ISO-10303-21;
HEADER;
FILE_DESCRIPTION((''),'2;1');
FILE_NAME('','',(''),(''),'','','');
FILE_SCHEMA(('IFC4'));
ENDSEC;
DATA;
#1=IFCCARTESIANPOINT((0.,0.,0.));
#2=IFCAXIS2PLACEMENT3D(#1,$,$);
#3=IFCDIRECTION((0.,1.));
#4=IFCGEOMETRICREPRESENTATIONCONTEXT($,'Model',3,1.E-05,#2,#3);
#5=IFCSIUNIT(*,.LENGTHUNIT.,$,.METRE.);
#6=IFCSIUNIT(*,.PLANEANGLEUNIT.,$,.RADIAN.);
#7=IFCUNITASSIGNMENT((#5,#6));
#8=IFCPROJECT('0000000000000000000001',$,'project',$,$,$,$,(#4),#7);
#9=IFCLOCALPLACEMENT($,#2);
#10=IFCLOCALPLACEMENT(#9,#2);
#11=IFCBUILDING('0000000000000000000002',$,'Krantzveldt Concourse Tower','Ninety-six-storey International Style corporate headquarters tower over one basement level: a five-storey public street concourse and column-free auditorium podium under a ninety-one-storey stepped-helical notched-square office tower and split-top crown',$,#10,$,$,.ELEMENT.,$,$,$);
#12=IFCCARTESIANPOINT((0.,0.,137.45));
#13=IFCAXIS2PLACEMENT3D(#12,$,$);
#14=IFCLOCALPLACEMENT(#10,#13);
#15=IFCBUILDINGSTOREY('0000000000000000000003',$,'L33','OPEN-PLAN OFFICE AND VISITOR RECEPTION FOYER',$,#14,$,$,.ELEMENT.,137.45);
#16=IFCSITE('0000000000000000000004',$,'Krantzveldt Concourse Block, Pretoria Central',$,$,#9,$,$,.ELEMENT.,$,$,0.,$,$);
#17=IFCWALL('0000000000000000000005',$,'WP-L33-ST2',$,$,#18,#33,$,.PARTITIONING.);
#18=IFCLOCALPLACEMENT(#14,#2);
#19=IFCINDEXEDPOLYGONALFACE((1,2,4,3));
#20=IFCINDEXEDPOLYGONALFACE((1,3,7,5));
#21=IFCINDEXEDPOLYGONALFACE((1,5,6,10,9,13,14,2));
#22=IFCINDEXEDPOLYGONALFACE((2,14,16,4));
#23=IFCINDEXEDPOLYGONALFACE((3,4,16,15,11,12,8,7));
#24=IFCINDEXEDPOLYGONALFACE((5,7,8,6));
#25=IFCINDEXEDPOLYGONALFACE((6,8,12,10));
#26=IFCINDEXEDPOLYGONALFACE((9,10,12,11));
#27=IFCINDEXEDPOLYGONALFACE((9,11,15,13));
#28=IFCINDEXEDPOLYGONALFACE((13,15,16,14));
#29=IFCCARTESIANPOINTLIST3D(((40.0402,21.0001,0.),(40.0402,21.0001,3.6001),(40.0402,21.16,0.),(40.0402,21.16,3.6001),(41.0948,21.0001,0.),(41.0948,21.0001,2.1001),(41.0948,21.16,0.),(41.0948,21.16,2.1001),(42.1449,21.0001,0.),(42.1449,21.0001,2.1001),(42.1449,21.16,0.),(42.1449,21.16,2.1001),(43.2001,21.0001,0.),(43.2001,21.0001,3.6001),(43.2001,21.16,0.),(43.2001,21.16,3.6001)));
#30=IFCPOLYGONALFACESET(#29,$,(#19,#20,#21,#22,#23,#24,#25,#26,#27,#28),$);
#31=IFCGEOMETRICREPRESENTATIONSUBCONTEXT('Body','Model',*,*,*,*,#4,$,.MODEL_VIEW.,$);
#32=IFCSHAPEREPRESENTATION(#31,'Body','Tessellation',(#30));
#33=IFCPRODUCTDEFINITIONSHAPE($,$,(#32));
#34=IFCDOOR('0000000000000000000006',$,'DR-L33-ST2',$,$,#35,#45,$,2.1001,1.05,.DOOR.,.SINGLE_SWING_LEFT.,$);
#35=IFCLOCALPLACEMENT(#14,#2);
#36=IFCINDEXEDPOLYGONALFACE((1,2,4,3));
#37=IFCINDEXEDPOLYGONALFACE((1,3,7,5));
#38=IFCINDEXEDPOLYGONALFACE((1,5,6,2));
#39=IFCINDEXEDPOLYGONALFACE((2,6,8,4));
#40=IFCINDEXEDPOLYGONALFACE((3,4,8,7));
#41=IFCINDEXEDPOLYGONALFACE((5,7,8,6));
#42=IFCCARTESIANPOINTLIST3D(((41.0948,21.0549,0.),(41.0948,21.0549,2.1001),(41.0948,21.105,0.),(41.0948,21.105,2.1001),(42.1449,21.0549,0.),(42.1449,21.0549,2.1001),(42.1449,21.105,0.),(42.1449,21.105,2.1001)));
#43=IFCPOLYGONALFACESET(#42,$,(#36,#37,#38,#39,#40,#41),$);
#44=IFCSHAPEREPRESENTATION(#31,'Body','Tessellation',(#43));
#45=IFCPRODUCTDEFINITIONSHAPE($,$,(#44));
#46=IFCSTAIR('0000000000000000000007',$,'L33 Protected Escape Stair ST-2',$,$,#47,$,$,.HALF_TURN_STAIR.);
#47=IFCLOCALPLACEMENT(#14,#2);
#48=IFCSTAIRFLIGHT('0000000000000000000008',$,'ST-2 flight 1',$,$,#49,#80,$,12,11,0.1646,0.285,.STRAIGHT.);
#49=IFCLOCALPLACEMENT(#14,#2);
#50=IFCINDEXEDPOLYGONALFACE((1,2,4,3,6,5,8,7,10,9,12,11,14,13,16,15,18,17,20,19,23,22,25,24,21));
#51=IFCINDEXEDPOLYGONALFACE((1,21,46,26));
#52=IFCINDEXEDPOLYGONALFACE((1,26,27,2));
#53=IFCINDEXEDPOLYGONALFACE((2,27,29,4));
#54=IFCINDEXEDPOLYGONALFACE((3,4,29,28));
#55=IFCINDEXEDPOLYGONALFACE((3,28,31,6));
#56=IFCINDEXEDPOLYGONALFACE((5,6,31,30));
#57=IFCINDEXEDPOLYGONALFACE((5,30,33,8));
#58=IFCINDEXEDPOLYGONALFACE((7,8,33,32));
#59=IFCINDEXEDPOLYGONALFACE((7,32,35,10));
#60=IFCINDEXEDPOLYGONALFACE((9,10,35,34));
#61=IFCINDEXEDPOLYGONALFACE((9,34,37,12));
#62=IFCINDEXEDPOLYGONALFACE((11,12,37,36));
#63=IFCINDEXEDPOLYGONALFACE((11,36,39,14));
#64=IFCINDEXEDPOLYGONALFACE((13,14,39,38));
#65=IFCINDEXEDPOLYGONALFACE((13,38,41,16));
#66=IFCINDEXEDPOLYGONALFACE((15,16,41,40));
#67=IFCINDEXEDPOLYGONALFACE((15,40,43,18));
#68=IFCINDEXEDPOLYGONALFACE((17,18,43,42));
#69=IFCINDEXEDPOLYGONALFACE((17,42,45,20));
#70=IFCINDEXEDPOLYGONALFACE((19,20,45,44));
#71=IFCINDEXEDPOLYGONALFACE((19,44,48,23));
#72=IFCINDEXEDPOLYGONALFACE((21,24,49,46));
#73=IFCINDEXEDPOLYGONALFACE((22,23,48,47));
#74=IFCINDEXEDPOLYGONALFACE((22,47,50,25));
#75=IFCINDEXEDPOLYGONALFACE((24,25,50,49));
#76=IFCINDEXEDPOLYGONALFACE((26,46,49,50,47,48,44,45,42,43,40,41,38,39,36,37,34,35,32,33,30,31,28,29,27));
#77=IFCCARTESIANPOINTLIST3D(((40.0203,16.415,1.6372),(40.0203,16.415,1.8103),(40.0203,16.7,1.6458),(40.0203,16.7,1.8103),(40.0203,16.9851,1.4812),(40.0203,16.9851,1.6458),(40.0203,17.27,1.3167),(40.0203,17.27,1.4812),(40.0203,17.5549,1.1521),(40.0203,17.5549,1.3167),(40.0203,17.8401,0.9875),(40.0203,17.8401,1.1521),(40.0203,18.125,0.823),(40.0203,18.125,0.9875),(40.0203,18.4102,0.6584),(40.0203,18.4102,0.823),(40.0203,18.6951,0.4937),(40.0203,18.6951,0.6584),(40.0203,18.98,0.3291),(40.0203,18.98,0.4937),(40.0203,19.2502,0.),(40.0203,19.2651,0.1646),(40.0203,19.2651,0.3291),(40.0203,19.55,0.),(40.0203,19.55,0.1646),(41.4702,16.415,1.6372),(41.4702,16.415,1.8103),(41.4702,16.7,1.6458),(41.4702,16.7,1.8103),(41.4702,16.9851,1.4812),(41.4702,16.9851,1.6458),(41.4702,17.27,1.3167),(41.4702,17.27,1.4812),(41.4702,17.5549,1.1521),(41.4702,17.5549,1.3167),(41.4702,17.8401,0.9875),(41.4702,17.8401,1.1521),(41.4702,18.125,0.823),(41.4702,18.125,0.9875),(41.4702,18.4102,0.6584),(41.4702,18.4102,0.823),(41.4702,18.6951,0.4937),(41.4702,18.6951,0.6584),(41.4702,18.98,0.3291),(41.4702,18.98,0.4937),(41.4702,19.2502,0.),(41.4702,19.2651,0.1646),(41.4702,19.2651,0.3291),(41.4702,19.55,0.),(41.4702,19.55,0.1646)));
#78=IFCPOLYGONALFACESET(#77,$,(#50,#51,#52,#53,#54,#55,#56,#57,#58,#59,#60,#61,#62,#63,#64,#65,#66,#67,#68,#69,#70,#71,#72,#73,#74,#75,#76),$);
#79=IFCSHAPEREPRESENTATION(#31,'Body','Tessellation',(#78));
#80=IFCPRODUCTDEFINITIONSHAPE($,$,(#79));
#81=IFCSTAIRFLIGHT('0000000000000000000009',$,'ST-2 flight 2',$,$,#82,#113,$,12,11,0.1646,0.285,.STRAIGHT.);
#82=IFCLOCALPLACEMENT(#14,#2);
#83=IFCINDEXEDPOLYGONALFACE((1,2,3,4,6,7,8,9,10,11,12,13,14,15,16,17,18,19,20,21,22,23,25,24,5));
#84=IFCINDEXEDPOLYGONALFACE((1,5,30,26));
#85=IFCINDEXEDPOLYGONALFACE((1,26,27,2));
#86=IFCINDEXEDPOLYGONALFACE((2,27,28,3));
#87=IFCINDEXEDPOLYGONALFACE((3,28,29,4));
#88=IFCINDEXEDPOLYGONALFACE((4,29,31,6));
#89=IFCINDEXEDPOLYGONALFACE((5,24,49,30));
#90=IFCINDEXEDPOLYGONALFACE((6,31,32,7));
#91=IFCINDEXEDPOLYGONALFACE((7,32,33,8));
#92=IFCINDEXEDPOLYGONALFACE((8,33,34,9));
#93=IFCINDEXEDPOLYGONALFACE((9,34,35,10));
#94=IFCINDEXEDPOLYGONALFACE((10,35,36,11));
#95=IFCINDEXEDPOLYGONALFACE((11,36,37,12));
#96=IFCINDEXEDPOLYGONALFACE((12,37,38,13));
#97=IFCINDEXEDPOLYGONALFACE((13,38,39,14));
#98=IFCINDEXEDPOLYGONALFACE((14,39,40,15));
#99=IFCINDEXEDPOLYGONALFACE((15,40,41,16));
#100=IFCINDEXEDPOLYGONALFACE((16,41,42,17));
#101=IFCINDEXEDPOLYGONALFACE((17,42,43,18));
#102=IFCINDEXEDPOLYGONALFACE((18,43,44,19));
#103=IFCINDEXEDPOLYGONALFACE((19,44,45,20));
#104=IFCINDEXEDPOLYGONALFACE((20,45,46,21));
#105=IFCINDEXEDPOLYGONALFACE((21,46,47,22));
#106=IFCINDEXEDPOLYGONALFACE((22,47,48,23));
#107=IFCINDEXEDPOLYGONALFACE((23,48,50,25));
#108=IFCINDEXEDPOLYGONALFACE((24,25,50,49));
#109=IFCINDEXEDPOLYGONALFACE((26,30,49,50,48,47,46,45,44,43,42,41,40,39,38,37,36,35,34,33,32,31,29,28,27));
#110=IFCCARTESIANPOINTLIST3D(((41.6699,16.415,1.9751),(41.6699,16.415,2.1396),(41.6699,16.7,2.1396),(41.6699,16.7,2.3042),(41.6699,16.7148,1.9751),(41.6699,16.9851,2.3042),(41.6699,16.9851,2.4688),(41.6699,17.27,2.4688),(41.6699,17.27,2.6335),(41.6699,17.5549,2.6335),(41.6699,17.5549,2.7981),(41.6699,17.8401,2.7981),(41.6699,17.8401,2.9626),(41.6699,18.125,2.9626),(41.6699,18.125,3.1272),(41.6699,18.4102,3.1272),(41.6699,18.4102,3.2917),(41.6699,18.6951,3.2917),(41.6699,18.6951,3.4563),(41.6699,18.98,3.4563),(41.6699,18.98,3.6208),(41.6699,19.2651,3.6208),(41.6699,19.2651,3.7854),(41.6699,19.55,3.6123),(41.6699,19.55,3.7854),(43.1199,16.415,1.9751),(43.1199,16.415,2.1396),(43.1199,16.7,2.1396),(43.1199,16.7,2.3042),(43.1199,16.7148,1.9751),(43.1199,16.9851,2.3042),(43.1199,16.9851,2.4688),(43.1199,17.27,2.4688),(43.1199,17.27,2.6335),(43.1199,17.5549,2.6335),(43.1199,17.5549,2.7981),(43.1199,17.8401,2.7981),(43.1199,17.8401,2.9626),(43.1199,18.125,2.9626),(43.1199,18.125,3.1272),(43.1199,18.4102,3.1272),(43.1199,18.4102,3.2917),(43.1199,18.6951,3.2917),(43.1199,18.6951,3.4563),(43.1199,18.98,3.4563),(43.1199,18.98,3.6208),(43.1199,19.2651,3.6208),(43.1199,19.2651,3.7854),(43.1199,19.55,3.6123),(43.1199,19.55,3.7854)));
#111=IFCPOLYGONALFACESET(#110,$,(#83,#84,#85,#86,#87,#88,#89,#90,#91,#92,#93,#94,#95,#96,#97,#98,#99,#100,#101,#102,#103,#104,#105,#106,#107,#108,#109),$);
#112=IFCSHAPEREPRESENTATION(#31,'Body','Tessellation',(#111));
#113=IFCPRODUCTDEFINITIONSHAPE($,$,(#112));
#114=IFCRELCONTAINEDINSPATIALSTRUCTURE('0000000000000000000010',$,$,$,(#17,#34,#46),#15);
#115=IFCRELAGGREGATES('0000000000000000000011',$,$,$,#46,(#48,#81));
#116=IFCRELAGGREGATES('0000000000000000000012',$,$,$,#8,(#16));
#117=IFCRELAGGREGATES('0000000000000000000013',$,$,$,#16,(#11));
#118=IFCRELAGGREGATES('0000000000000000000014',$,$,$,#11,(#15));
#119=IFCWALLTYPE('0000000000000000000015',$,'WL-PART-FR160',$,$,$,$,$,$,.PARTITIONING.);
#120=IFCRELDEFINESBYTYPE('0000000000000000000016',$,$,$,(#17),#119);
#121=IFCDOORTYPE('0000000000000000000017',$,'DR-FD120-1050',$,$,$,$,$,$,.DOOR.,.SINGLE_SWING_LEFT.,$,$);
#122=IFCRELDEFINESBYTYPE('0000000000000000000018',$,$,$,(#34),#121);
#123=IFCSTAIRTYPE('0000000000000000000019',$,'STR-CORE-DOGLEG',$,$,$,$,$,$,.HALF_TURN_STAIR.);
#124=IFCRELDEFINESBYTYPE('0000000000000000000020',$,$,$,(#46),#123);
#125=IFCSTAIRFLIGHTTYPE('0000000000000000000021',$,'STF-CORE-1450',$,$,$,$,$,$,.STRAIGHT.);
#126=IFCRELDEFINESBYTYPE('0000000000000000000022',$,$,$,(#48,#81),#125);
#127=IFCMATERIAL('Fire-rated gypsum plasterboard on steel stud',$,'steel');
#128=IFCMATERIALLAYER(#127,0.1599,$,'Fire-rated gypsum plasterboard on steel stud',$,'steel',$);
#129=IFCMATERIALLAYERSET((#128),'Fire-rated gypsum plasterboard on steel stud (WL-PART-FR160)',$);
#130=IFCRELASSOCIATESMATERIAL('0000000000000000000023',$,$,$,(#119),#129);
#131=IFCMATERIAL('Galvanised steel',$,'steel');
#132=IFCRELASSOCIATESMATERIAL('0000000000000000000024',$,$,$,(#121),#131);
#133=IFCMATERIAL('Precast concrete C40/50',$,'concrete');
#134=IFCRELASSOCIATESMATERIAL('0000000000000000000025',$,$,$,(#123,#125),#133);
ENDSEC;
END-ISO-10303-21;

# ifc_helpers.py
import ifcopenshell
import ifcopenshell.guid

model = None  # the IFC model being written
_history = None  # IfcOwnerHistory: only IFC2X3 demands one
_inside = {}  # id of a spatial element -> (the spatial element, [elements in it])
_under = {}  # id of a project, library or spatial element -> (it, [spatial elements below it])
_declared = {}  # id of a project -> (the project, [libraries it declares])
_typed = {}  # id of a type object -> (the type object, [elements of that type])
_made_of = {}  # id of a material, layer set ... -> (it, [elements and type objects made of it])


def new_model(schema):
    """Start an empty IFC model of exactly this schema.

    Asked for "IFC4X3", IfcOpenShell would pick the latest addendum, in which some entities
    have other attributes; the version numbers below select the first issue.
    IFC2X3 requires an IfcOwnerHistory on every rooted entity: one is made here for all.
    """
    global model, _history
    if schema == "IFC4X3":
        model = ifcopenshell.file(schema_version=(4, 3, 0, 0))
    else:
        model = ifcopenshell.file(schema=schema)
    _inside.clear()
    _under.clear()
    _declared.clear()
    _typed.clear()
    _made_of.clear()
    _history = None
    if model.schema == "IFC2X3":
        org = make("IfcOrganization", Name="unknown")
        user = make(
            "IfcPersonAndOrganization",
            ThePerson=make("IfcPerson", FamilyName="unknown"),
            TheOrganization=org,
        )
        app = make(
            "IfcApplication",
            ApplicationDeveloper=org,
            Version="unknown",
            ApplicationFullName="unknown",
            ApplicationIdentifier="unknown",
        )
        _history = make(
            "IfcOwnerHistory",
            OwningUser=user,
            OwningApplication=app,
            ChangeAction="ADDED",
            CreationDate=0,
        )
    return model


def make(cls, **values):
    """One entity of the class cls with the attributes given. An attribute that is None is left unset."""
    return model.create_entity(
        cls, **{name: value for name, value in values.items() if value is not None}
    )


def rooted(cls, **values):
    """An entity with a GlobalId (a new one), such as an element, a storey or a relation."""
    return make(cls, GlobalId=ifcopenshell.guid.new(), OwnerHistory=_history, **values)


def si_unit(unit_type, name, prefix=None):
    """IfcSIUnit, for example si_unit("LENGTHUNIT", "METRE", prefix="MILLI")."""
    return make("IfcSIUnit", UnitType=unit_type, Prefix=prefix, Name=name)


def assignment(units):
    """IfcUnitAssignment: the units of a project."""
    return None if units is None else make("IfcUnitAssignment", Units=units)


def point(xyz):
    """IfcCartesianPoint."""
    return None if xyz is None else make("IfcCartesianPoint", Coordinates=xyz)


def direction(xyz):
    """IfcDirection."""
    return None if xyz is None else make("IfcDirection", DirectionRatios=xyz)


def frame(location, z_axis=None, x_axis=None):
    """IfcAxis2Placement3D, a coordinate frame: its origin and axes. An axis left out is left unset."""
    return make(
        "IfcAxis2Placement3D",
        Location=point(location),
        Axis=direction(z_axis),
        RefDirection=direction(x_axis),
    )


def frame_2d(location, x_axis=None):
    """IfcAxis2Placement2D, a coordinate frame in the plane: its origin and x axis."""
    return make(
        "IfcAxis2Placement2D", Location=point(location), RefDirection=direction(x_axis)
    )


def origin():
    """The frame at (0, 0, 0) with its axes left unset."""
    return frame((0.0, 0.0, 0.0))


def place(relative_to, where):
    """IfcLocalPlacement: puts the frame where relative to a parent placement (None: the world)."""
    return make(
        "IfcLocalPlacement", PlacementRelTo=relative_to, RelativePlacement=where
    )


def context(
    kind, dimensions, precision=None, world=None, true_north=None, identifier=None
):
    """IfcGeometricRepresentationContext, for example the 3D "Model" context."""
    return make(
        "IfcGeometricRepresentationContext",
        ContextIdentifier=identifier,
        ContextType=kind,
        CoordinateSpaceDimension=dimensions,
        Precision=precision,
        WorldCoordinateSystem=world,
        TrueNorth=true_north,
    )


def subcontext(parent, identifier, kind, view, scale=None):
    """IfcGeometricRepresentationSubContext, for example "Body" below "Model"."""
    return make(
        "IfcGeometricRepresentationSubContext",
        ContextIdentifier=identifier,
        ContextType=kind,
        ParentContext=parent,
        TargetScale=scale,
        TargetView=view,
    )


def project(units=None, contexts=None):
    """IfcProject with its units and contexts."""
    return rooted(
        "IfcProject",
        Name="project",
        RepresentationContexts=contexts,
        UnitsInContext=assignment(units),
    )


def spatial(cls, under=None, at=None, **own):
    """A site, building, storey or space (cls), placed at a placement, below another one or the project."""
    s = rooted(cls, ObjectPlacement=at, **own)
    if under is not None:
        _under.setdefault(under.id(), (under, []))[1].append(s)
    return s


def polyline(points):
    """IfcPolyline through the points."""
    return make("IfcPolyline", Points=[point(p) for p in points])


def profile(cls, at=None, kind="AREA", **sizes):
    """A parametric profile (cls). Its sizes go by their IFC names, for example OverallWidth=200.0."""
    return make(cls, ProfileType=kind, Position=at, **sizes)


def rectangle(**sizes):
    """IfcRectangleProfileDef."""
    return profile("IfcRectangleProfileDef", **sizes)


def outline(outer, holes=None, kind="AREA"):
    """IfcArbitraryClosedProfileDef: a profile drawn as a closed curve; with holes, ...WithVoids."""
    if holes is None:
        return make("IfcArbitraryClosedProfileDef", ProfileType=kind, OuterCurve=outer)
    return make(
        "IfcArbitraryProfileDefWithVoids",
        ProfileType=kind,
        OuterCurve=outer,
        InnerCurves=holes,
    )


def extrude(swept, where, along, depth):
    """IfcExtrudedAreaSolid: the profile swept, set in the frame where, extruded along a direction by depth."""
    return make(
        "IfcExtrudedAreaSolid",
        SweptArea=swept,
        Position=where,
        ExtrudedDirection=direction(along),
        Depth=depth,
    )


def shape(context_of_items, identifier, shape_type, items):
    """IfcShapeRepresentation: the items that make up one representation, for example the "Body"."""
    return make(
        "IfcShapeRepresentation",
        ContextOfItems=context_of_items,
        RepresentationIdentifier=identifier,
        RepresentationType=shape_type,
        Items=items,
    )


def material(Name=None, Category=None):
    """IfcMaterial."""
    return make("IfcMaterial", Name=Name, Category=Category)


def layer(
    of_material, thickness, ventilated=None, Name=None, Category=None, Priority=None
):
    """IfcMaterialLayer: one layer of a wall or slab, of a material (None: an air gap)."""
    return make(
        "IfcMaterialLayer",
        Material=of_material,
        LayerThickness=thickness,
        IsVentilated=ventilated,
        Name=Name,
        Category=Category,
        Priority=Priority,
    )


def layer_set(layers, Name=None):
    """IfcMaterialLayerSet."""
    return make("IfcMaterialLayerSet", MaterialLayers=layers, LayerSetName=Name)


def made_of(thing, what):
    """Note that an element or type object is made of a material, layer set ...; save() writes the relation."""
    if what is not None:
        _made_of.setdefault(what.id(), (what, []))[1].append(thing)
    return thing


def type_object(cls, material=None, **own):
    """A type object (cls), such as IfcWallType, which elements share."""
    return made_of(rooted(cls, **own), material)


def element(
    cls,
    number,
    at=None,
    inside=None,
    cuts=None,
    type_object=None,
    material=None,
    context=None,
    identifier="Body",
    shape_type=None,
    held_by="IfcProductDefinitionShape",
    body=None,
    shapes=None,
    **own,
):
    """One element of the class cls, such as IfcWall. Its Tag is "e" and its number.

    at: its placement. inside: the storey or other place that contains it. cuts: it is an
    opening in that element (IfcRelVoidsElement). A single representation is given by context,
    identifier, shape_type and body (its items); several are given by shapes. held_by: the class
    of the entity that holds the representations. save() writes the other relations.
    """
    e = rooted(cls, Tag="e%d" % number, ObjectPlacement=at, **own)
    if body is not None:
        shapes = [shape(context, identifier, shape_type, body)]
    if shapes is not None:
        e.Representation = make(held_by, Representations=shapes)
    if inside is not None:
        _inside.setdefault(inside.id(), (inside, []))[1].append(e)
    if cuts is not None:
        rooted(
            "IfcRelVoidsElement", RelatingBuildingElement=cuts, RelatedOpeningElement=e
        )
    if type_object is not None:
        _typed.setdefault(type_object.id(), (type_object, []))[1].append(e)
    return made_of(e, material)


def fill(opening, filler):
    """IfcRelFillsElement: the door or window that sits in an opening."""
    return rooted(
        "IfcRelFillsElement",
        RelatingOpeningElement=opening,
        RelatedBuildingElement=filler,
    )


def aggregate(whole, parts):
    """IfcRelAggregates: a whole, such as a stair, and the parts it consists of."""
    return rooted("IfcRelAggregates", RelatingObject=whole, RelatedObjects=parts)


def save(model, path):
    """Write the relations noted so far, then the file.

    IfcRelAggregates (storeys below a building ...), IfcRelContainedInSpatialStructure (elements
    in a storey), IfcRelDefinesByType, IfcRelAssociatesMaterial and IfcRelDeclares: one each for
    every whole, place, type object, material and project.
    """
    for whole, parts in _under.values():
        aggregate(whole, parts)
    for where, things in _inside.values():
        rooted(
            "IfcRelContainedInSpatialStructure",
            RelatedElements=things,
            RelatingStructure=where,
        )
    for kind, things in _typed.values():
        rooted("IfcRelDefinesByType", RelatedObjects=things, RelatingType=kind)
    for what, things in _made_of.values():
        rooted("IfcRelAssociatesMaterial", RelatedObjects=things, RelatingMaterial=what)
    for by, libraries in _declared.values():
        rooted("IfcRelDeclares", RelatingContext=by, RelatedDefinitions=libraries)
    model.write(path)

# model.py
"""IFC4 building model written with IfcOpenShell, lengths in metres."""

from ifc_helpers import new_model, si_unit, direction, frame, frame_2d, origin, place, context, subcontext, project, spatial, polyline, rectangle, outline, extrude, material, layer, layer_set, type_object, element, fill, aggregate, save


model = new_model("IFC4")

# Units and contexts
model_context = context("Model", 3, precision=1e-05, world=origin(), true_north=direction((0.0, 1.0)))
body_context = subcontext(model_context, "Body", "Model", "MODEL_VIEW")
ifc_project = project(units=[si_unit("LENGTHUNIT", "METRE"), si_unit("PLANEANGLEUNIT", "RADIAN")], contexts=[model_context])

# Site, building, storey
site_placement = place(None, origin())
site = spatial("IfcSite", under=ifc_project, at=site_placement, Name="Krantzveldt Concourse Block, Pretoria Central", CompositionType="ELEMENT", RefElevation=0.0)
building_placement = place(site_placement, origin())
building = spatial("IfcBuilding", under=site, at=building_placement, Name="Krantzveldt Concourse Tower", Description="Ninety-six-storey International Style corporate headquarters tower over one basement level: a five-storey public street concourse and column-free auditorium podium under a ninety-one-storey stepped-helical notched-square office tower and split-top crown", CompositionType="ELEMENT")
storey_placement = place(building_placement, frame((0.0, 0.0, 137.45)))
storey = spatial("IfcBuildingStorey", under=building, at=storey_placement, Name="L33", Description="OPEN-PLAN OFFICE AND VISITOR RECEPTION FOYER", CompositionType="ELEMENT", Elevation=137.45)

# Shared definitions
ifc_material_1 = material(Name="Fire-rated gypsum plasterboard on steel stud", Category="steel")

# Wall, opening, door
ifc_layer_1 = layer(ifc_material_1, 0.1599, Name="Fire-rated gypsum plasterboard on steel stud", Category="steel")
ifc_layer_set_1 = layer_set([ifc_layer_1], Name="Fire-rated gypsum plasterboard on steel stud (WL-PART-FR160)")
wall_type_1 = type_object("IfcWallType", Name="WL-PART-FR160", PredefinedType="PARTITIONING", material=ifc_layer_set_1)
wall_1_placement = place(storey_placement, frame((40.04, 21.0801, 0.0), z_axis=(0.0, 0.0, 1.0), x_axis=(1.0, 0.0, 0.0)))
wall_1 = element("IfcWall", 1, at=wall_1_placement, inside=storey, type_object=wall_type_1, Name="WP-L33-ST2", PredefinedType="PARTITIONING", context=body_context, shape_type="SweptSolid", body=[
    extrude(rectangle(XDim=3.1599, YDim=0.1599, at=frame_2d((1.5801, 0.0))), origin(), (0.0, 0.0, 1.0), 3.6001),
])
opening_1_placement = place(wall_1_placement, frame((1.0549, 0.0, 0.0)))
opening_1 = element("IfcOpeningElement", 2, at=opening_1_placement, cuts=wall_1, PredefinedType="OPENING", context=body_context, shape_type="SweptSolid", body=[
    extrude(rectangle(XDim=1.05, YDim=2.1001, at=frame_2d((0.5249, 1.05))), frame((0.0, 0.0898, 0.0), z_axis=(0.0, -1.0, 0.0), x_axis=(1.0, 0.0, 0.0)), (0.0, 0.0, 1.0), 0.1799),
])
ifc_material_2 = material(Name="Galvanised steel", Category="steel")
door_type_1 = type_object("IfcDoorType", Name="DR-FD120-1050", OperationType="SINGLE_SWING_LEFT", PredefinedType="DOOR", material=ifc_material_2)
door_1_placement = place(opening_1_placement, origin())
door_1 = element("IfcDoor", 3, at=door_1_placement, inside=storey, type_object=door_type_1, Name="DR-L33-ST2", OperationType="SINGLE_SWING_LEFT", OverallHeight=2.1001, OverallWidth=1.05, PredefinedType="DOOR", context=body_context, shape_type="SweptSolid", body=[
    extrude(rectangle(XDim=1.05, YDim=2.1001, at=frame_2d((0.5249, 1.05))), frame((0.0, 0.0249, 0.0), z_axis=(0.0, -1.0, 0.0), x_axis=(1.0, 0.0, 0.0)), (0.0, 0.0, 1.0), 0.05),
])
fill(opening_1, door_1)

# Stair, stair flights
ifc_material_3 = material(Name="Precast concrete C40/50", Category="concrete")
stair_type = type_object("IfcStairType", Name="STR-CORE-DOGLEG", PredefinedType="HALF_TURN_STAIR", material=ifc_material_3)
stair_placement = place(storey_placement, origin())
stair = element("IfcStair", 4, at=stair_placement, inside=storey, type_object=stair_type, Name="L33 Protected Escape Stair ST-2", PredefinedType="HALF_TURN_STAIR")
stair_flight_type = type_object("IfcStairFlightType", Name="STF-CORE-1450", PredefinedType="STRAIGHT", material=ifc_material_3)
stair_flight_1_placement = place(storey_placement, frame((40.7451, 19.55, 0.0), z_axis=(0.0, 0.0, 1.0), x_axis=(0.0, -1.0, 0.0)))
stair_flight_1 = element("IfcStairFlight", 5, at=stair_flight_1_placement, type_object=stair_flight_type, Name="ST-2 flight 1", NumberOfRisers=12, NumberOfTreads=11, PredefinedType="STRAIGHT", RiserHeight=0.1646, TreadLength=0.285, context=body_context, shape_type="SweptSolid", body=[
    extrude(outline(polyline([(0.0, 0.0), (0.0, 0.1646), (0.2849, 0.1646), (0.2849, 0.3291), (0.5701, 0.3291), (0.5701, 0.4937), (0.855, 0.4937), (0.855, 0.6584), (1.1399, 0.6584), (1.1399, 0.823), (1.425, 0.823), (1.425, 0.9875), (1.71, 0.9875), (1.71, 1.1521), (1.9951, 1.1521), (1.9951, 1.3167), (2.28, 1.3167), (2.28, 1.4812), (2.5649, 1.4812), (2.5649, 1.6458), (2.8501, 1.6458), (2.8501, 1.8103), (3.135, 1.8103), (3.135, 1.9751), (3.135, 1.6372), (0.2998, 0.0), (0.0, 0.0)])), frame((0.0, 0.7251, 0.0), z_axis=(0.0, -1.0, 0.0), x_axis=(1.0, 0.0, 0.0)), (0.0, 0.0, 1.0), 1.45),
])
stair_flight_2_placement = place(storey_placement, frame((42.395, 16.415, 1.9751), z_axis=(0.0, 0.0, 1.0), x_axis=(0.0, 1.0, 0.0)))
stair_flight_2 = element("IfcStairFlight", 6, at=stair_flight_2_placement, type_object=stair_flight_type, Name="ST-2 flight 2", NumberOfRisers=12, NumberOfTreads=11, PredefinedType="STRAIGHT", RiserHeight=0.1646, TreadLength=0.285, context=body_context, shape_type="SweptSolid", body=[
    extrude(outline(polyline([(0.0, 0.0), (0.0, 0.1646), (0.2849, 0.1646), (0.2849, 0.3291), (0.5701, 0.3291), (0.5701, 0.4937), (0.855, 0.4937), (0.855, 0.6584), (1.1399, 0.6584), (1.1399, 0.823), (1.425, 0.823), (1.425, 0.9875), (1.71, 0.9875), (1.71, 1.1521), (1.9951, 1.1521), (1.9951, 1.3167), (2.28, 1.3167), (2.28, 1.4812), (2.5649, 1.4812), (2.5649, 1.6458), (2.8501, 1.6458), (2.8501, 1.8103), (3.135, 1.8103), (3.135, 1.9751), (3.135, 1.6372), (0.2998, 0.0), (0.0, 0.0)])), frame((0.0, 0.7251, 0.0), z_axis=(0.0, -1.0, 0.0), x_axis=(1.0, 0.0, 0.0)), (0.0, 0.0, 1.0), 1.45),
])
aggregate(stair, [stair_flight_1, stair_flight_2])

save(model, "model.ifc")
